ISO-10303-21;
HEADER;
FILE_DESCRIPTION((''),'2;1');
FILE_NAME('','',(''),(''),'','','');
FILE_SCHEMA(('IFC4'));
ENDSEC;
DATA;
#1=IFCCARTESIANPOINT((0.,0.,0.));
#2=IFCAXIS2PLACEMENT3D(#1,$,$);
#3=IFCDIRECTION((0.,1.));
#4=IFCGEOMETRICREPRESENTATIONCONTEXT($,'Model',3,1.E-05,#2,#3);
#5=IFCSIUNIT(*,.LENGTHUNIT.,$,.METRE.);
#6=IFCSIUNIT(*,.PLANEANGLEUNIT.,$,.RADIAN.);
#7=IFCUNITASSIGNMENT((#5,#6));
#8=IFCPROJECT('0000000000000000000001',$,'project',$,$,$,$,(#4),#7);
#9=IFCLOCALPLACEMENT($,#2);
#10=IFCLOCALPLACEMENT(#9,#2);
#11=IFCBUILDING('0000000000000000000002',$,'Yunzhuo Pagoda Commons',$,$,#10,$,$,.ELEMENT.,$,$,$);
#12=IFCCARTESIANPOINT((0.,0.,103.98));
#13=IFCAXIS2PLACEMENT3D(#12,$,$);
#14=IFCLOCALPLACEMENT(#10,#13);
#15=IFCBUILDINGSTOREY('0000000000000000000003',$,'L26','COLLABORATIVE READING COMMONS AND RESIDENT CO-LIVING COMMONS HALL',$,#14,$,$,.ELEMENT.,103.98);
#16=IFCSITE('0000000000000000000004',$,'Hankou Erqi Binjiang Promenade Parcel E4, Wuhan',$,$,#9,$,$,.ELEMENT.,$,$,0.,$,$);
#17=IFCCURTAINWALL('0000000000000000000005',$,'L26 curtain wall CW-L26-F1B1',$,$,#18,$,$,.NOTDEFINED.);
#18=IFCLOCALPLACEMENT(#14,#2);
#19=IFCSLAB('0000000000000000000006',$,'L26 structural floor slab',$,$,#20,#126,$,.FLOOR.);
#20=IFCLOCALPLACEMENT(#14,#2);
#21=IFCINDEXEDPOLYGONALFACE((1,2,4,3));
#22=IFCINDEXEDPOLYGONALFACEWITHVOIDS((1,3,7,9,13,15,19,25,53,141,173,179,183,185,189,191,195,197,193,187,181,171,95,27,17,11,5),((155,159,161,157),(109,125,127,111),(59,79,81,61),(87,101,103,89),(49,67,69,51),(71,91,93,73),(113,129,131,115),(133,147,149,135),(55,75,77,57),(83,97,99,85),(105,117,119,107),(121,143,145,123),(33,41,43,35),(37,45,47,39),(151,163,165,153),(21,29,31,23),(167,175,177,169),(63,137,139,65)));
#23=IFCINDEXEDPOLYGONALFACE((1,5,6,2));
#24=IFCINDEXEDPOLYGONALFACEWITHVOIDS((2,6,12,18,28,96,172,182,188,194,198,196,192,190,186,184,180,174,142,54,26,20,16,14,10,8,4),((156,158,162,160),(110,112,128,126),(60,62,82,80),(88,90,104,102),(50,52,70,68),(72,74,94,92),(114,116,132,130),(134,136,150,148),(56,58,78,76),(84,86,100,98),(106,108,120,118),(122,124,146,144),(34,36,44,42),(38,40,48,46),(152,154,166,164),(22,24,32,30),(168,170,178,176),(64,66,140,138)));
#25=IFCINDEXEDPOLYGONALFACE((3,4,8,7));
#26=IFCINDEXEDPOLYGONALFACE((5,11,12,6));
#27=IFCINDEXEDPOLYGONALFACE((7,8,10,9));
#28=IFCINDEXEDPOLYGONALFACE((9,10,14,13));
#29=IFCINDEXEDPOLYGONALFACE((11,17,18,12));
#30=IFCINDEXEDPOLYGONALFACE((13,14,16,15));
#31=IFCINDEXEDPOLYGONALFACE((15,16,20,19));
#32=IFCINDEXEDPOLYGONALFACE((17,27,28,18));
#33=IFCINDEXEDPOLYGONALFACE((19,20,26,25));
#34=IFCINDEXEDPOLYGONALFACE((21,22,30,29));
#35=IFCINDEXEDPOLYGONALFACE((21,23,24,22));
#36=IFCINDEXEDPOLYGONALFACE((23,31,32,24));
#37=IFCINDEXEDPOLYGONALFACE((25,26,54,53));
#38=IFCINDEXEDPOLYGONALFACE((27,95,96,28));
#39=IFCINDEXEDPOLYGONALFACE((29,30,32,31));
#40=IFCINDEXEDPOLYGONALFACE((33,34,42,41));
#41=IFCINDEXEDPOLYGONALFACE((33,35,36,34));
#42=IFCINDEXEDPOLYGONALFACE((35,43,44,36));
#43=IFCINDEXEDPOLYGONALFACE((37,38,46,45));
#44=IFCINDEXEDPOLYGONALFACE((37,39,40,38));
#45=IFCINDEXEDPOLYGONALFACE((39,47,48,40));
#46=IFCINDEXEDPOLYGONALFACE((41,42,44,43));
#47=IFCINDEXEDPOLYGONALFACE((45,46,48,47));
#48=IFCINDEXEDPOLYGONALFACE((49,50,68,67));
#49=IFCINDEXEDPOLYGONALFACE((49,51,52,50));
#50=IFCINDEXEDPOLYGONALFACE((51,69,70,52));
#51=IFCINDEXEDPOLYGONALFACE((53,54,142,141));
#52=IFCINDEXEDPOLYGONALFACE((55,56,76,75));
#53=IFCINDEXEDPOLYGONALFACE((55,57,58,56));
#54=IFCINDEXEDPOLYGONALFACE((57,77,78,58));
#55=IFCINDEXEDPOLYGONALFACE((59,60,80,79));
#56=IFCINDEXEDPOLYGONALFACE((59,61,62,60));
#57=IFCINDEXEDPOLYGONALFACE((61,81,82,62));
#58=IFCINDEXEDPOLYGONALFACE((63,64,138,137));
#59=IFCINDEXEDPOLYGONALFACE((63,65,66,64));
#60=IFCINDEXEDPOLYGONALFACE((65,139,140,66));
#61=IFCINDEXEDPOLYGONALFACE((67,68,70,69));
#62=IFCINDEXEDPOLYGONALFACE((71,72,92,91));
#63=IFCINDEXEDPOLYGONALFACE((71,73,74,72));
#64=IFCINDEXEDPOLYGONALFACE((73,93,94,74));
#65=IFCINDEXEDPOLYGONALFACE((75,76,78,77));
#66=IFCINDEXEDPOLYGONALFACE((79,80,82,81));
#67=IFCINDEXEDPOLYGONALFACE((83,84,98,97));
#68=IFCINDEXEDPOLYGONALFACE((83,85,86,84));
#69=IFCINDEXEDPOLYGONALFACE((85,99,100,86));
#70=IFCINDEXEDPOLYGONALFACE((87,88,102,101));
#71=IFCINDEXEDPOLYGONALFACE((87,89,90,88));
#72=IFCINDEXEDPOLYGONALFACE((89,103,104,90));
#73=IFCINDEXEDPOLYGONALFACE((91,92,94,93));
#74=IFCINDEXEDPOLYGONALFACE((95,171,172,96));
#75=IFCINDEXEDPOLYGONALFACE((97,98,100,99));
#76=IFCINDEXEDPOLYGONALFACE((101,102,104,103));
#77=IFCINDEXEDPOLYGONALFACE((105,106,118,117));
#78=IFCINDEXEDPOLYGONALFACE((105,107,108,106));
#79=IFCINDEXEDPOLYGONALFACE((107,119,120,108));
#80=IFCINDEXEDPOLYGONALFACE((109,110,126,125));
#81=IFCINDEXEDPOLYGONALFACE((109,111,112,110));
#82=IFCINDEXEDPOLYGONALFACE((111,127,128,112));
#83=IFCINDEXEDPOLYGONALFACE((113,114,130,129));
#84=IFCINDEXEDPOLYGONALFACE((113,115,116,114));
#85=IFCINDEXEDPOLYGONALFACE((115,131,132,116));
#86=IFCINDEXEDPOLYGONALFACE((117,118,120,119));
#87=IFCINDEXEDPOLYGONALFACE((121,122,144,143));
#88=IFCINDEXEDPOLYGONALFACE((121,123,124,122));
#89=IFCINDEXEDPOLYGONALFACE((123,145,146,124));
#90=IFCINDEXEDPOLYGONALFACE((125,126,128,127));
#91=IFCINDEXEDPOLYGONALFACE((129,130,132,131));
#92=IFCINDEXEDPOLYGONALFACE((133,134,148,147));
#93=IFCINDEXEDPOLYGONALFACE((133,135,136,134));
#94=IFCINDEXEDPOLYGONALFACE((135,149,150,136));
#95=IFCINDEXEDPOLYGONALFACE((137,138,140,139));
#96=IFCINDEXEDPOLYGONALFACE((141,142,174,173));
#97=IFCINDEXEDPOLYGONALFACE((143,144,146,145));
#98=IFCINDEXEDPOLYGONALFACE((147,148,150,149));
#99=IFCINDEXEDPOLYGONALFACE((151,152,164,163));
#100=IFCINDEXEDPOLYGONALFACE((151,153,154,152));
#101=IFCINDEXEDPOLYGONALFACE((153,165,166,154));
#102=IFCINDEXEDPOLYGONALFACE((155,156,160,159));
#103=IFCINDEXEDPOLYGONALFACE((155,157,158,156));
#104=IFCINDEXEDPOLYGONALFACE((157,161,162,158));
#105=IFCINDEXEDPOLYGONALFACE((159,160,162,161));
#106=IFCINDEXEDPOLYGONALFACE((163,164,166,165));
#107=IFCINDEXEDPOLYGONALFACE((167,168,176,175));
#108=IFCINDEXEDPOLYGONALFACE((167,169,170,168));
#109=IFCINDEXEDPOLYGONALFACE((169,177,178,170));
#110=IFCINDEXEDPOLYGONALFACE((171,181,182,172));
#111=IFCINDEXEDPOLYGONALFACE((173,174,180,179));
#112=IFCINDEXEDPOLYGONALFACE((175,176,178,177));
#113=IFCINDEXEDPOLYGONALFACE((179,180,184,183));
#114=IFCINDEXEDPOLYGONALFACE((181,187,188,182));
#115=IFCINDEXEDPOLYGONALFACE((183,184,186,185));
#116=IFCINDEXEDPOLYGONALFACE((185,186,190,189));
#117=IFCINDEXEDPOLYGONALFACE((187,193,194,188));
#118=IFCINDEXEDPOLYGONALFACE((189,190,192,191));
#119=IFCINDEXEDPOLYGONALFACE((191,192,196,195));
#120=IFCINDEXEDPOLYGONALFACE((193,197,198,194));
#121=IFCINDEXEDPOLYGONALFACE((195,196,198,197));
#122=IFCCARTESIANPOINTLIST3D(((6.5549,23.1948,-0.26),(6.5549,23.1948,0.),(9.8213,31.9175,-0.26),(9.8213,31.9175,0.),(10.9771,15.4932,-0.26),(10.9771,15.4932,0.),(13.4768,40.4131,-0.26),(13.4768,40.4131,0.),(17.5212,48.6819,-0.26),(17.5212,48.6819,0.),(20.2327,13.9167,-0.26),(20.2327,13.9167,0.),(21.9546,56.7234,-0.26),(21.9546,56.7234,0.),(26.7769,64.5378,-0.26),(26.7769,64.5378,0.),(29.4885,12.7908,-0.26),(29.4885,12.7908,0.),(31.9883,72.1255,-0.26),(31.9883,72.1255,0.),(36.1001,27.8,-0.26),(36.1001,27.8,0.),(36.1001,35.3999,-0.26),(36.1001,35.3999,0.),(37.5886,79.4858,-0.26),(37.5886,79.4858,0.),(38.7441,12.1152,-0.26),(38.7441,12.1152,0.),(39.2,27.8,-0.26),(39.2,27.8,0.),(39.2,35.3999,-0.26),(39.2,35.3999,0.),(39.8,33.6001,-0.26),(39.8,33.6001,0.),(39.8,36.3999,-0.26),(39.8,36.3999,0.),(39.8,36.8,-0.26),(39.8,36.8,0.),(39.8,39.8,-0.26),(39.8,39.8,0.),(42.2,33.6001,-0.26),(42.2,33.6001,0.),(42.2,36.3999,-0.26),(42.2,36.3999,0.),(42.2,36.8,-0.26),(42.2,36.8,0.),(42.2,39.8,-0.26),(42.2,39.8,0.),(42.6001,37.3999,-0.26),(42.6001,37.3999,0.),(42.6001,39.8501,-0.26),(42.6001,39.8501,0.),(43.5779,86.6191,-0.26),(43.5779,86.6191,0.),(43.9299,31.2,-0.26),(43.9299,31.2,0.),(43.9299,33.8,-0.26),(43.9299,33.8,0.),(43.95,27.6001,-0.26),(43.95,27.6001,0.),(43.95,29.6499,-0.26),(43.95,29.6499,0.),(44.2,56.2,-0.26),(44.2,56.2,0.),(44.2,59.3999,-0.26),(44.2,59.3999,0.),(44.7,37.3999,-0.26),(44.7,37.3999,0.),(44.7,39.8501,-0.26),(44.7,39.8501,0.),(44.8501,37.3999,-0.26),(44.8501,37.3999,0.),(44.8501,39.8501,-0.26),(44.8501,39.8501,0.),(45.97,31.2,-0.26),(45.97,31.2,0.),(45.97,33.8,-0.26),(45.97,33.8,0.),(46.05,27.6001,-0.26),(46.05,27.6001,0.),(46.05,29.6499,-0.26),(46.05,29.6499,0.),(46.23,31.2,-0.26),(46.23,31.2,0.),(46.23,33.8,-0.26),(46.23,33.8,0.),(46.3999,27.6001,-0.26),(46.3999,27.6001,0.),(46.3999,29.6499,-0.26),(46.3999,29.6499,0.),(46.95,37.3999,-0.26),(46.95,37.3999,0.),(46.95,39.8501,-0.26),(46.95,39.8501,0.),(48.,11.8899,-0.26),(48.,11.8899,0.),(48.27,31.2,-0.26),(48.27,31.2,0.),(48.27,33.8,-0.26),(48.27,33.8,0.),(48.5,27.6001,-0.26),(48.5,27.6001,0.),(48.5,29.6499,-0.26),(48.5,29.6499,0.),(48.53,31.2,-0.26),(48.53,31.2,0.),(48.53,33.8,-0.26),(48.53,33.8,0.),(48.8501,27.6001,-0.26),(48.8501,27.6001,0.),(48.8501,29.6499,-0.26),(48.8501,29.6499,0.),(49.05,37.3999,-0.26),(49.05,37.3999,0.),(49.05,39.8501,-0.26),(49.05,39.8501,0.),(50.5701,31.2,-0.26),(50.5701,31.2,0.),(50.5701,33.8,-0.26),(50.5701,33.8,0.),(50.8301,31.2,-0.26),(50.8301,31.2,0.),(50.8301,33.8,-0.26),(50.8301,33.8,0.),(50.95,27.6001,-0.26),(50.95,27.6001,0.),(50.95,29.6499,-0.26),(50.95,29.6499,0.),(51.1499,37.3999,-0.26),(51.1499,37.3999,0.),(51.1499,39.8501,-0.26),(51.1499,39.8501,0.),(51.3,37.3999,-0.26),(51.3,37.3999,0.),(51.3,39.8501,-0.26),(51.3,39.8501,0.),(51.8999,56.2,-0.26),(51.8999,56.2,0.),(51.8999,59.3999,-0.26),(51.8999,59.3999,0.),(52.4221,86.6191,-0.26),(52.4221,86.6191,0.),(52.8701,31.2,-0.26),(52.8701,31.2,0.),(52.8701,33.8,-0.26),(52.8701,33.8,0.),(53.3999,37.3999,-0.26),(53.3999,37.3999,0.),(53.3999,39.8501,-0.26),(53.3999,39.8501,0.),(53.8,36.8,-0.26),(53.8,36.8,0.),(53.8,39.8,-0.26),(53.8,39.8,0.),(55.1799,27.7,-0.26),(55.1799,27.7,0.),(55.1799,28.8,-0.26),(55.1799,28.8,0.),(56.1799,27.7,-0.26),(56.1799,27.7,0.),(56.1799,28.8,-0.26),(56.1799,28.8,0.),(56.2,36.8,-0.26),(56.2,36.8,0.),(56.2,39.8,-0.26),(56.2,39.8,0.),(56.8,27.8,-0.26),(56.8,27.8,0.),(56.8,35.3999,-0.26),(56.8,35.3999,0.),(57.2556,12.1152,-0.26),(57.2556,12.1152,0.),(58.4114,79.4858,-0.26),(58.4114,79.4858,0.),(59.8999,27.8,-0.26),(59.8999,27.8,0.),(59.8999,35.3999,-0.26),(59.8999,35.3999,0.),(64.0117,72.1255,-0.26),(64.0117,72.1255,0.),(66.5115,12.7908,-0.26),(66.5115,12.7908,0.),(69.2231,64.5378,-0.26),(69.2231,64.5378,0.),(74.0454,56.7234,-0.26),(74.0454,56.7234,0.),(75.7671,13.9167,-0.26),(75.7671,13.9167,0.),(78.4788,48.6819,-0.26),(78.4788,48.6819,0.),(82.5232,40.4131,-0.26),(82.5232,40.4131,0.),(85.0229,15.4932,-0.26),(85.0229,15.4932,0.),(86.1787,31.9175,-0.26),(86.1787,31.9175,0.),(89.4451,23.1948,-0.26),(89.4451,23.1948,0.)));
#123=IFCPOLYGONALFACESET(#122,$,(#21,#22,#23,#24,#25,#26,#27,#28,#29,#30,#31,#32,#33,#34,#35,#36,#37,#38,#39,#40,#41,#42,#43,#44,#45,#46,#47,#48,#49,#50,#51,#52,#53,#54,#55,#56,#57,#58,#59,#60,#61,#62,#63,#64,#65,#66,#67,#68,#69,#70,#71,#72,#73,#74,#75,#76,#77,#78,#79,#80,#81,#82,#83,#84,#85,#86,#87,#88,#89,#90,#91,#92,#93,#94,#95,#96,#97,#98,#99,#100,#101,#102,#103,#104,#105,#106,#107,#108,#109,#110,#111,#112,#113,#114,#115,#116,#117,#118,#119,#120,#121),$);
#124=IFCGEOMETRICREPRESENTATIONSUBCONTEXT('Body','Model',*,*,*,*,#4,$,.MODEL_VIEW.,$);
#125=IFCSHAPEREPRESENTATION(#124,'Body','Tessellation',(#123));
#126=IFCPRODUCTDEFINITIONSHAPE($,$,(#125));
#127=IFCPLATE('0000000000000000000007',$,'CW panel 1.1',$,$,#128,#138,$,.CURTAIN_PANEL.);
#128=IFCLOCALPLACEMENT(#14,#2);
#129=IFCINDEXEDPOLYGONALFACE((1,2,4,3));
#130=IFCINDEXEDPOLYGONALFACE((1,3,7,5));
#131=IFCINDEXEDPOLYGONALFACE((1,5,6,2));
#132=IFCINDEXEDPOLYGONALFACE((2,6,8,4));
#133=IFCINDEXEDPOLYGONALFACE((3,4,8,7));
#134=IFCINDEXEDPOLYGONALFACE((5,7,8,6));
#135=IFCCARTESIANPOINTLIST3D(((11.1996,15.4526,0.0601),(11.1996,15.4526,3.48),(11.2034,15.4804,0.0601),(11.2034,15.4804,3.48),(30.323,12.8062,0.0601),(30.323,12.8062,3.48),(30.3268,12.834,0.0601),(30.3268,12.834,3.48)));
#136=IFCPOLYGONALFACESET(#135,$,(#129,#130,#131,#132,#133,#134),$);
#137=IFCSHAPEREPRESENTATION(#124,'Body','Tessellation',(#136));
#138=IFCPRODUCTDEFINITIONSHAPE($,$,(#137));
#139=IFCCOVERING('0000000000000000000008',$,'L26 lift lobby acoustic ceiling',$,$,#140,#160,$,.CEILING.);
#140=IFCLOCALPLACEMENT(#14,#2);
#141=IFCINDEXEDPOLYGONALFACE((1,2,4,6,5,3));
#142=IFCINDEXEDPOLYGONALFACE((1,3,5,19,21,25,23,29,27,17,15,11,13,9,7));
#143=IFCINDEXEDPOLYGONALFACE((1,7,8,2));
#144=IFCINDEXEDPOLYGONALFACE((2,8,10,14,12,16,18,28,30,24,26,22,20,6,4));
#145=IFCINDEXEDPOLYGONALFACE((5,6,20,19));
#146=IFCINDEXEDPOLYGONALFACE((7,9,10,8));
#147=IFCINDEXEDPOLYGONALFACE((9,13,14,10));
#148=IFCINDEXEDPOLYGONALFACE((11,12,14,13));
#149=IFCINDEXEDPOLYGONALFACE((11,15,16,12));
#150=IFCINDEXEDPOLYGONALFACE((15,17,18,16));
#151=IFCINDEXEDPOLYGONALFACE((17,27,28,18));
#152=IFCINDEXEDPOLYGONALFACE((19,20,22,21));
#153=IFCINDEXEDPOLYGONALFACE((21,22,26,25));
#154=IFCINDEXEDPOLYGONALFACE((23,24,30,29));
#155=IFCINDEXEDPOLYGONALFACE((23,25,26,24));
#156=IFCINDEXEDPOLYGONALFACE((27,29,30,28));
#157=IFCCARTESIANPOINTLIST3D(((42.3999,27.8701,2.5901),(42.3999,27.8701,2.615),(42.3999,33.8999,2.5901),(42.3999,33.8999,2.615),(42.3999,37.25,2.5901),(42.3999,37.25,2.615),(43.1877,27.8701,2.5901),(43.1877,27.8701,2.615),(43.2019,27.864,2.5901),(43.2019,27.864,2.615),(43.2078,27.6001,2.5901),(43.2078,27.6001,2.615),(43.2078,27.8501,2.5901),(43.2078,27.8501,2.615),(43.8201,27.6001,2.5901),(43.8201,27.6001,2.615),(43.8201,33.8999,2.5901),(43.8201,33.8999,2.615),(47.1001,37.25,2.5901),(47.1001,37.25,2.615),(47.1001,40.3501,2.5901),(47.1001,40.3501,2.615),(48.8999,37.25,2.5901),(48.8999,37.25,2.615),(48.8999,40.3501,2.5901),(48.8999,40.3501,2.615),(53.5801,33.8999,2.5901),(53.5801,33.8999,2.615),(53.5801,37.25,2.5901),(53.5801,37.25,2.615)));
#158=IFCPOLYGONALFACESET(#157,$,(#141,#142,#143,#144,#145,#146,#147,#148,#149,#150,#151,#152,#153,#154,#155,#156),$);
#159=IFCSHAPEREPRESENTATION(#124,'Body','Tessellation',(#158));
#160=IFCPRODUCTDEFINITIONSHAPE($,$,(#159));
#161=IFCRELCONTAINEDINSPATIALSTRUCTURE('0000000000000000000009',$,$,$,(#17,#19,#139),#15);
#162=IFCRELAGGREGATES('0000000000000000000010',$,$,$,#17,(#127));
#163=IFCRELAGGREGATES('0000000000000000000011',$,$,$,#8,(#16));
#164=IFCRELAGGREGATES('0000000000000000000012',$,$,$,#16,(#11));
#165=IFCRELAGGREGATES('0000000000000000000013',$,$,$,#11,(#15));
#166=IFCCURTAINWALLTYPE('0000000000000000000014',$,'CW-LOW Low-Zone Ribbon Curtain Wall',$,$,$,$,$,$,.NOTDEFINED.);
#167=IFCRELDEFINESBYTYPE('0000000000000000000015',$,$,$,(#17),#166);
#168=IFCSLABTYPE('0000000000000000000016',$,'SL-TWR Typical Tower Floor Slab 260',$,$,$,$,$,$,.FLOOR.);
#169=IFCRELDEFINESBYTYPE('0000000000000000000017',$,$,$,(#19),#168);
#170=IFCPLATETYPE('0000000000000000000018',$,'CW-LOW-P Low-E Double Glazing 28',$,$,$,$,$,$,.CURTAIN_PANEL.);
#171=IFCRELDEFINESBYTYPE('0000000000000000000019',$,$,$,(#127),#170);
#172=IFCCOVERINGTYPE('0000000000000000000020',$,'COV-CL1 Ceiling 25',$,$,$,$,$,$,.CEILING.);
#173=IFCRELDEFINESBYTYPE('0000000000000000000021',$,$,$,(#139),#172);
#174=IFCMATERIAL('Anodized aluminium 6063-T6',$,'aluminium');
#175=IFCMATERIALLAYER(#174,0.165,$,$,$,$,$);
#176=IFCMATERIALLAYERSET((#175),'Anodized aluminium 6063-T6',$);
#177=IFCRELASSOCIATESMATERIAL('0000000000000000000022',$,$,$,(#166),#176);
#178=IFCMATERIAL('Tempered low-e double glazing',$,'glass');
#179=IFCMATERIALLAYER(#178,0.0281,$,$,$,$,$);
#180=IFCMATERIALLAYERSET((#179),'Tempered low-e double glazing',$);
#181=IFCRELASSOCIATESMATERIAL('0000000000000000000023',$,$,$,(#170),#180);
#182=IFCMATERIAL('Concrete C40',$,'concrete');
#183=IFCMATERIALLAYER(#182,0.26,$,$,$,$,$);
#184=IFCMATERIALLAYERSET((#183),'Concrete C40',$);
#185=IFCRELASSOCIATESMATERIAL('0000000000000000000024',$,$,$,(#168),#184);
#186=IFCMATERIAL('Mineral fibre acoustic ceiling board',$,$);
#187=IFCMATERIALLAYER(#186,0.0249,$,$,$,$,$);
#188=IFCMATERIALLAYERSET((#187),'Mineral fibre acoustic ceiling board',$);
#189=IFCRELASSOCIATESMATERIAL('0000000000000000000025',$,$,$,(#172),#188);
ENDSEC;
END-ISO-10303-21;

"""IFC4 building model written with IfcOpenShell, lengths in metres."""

from ifc_helpers import new_model, si_unit, direction, frame, origin, origin_2d, place, context, subcontext, project, spatial, polyline, rectangle, outline, extrude, source, transform, mapped, material, layer, layer_set, type_object, element, aggregate, save


model = new_model("IFC4")

# Units and contexts
model_context = context("Model", 3, precision=1e-05, world=origin(), true_north=direction((0.0, 1.0)))
body_context = subcontext(model_context, "Body", "Model", "MODEL_VIEW")
ifc_project = project(units=[si_unit("LENGTHUNIT", "METRE"), si_unit("PLANEANGLEUNIT", "RADIAN")], contexts=[model_context])

# Site, building, storey
site_placement = place(None, origin())
site = spatial("IfcSite", under=ifc_project, at=site_placement, Name="Hankou Erqi Binjiang Promenade Parcel E4, Wuhan", CompositionType="ELEMENT", RefElevation=0.0)
building_placement = place(site_placement, origin())
building = spatial("IfcBuilding", under=site, at=building_placement, Name="Yunzhuo Pagoda Commons", CompositionType="ELEMENT")
storey_placement = place(building_placement, frame((0.0, 0.0, 103.98)))
storey = spatial("IfcBuildingStorey", under=building, at=storey_placement, Name="L26", Description="COLLABORATIVE READING COMMONS AND RESIDENT CO-LIVING COMMONS HALL", CompositionType="ELEMENT", Elevation=103.98)

# Curtain wall
ifc_material_1 = material(Name="Anodized aluminium 6063-T6", Category="aluminium")
ifc_layer_1 = layer(ifc_material_1, 0.165)
ifc_layer_set_1 = layer_set([ifc_layer_1], Name="Anodized aluminium 6063-T6")
curtain_wall_type = type_object("IfcCurtainWallType", Name="CW-LOW Low-Zone Ribbon Curtain Wall", PredefinedType="NOTDEFINED", material=ifc_layer_set_1)
curtain_wall_1_placement = place(storey_placement, origin())
curtain_wall_1 = element("IfcCurtainWall", 1, at=curtain_wall_1_placement, inside=storey, type_object=curtain_wall_type, Name="L26 curtain wall CW-L26-F1B1", PredefinedType="NOTDEFINED")

# Shared definitions
ifc_material_2 = material(Name="Tempered low-e double glazing", Category="glass")
ifc_layer_2 = layer(ifc_material_2, 0.0281)
ifc_layer_set_2 = layer_set([ifc_layer_2], Name="Tempered low-e double glazing")
plate_type = type_object("IfcPlateType", Name="CW-LOW-P Low-E Double Glazing 28", PredefinedType="CURTAIN_PANEL", material=ifc_layer_set_2)

# Shared definitions
ifc_material_3 = material(Name="Concrete C40", Category="concrete")

# Slab
ifc_layer_3 = layer(ifc_material_3, 0.26)
ifc_layer_set_3 = layer_set([ifc_layer_3], Name="Concrete C40")
slab_type_1 = type_object("IfcSlabType", Name="SL-TWR Typical Tower Floor Slab 260", PredefinedType="FLOOR", material=ifc_layer_set_3)
slab_1_placement = place(storey_placement, frame((0.0, 0.0, -0.26)))
element("IfcSlab", 2, at=slab_1_placement, inside=storey, type_object=slab_type_1, Name="L26 structural floor slab", PredefinedType="FLOOR", context=body_context, shape_type="SweptSolid", body=[
    extrude(outline(polyline([(9.8213, 31.9175), (13.4768, 40.4131), (17.5212, 48.6819), (21.9546, 56.7234), (26.7769, 64.5378), (31.9883, 72.1255), (37.5886, 79.4858), (43.5779, 86.6191), (52.4221, 86.6191), (58.4114, 79.4858), (64.0117, 72.1255), (69.2231, 64.5378), (74.0454, 56.7234), (78.4788, 48.6819), (82.5232, 40.4131), (86.1787, 31.9175), (89.4451, 23.1948), (85.0229, 15.4932), (75.7671, 13.9167), (66.5115, 12.7908), (57.2556, 12.1152), (48.0, 11.8899), (38.7441, 12.1152), (29.4885, 12.7908), (20.2327, 13.9167), (10.9771, 15.4932), (6.5549, 23.1948), (9.8213, 31.9175)]), holes=[polyline([(46.05, 27.6001), (46.05, 29.6499), (43.95, 29.6499), (43.95, 27.6001), (46.05, 27.6001)]), polyline([(48.5, 27.6001), (48.5, 29.6499), (46.3999, 29.6499), (46.3999, 27.6001), (48.5, 27.6001)]), polyline([(36.1001, 27.8), (39.2, 27.8), (39.2, 35.3999), (36.1001, 35.3999), (36.1001, 27.8)]), polyline([(45.97, 31.2), (45.97, 33.8), (43.9299, 33.8), (43.9299, 31.2), (45.97, 31.2)]), polyline([(48.27, 31.2), (48.27, 33.8), (46.23, 33.8), (46.23, 31.2), (48.27, 31.2)]), polyline([(42.2, 33.6001), (42.2, 36.3999), (39.8, 36.3999), (39.8, 33.6001), (42.2, 33.6001)]), polyline([(42.2, 36.8), (42.2, 39.8), (39.8, 39.8), (39.8, 36.8), (42.2, 36.8)]), polyline([(42.6001, 37.3999), (44.7, 37.3999), (44.7, 39.8501), (42.6001, 39.8501), (42.6001, 37.3999)]), polyline([(44.8501, 37.3999), (46.95, 37.3999), (46.95, 39.8501), (44.8501, 39.8501), (44.8501, 37.3999)]), polyline([(56.1799, 27.7), (56.1799, 28.8), (55.1799, 28.8), (55.1799, 27.7), (56.1799, 27.7)]), polyline([(50.95, 27.6001), (50.95, 29.6499), (48.8501, 29.6499), (48.8501, 27.6001), (50.95, 27.6001)]), polyline([(56.8, 27.8), (59.8999, 27.8), (59.8999, 35.3999), (56.8, 35.3999), (56.8, 27.8)]), polyline([(50.5701, 31.2), (50.5701, 33.8), (48.53, 33.8), (48.53, 31.2), (50.5701, 31.2)]), polyline([(52.8701, 31.2), (52.8701, 33.8), (50.8301, 33.8), (50.8301, 31.2), (52.8701, 31.2)]), polyline([(56.2, 36.8), (56.2, 39.8), (53.8, 39.8), (53.8, 36.8), (56.2, 36.8)]), polyline([(51.1499, 37.3999), (51.1499, 39.8501), (49.05, 39.8501), (49.05, 37.3999), (51.1499, 37.3999)]), polyline([(51.3, 37.3999), (53.3999, 37.3999), (53.3999, 39.8501), (51.3, 39.8501), (51.3, 37.3999)]), polyline([(44.2, 56.2), (51.8999, 56.2), (51.8999, 59.3999), (44.2, 59.3999), (44.2, 56.2)])]), origin(), (0.0, 0.0, 1.0), 0.26),
])

# Plate
shared_shape_1 = source(origin(), body_context, "Body", "SweptSolid", [
    extrude(rectangle(XDim=19.3057, YDim=0.0281, at=origin_2d()), origin(), (0.0, 0.0, 1.0), 3.4199),
])
plate_1_placement = place(storey_placement, frame((20.7632, 14.1433, 0.0601), z_axis=(0.0, 0.0, 1.0), x_axis=(0.99056, -0.137082, 0.0)))
plate_1 = element("IfcPlate", 3, at=plate_1_placement, type_object=plate_type, Name="CW panel 1.1", PredefinedType="CURTAIN_PANEL", context=body_context, shape_type="MappedRepresentation", body=[
    mapped(shared_shape_1, transform((0.0, 0.0, 0.0), scale=1.0)),
])
aggregate(curtain_wall_1, [plate_1])

# Covering
ifc_material_4 = material(Name="Mineral fibre acoustic ceiling board")
ifc_layer_4 = layer(ifc_material_4, 0.0249)
ifc_layer_set_4 = layer_set([ifc_layer_4], Name="Mineral fibre acoustic ceiling board")
covering_type_1 = type_object("IfcCoveringType", Name="COV-CL1 Ceiling 25", PredefinedType="CEILING", material=ifc_layer_set_4)
covering_1_placement = place(storey_placement, frame((0.0, 0.0, 2.5901)))
element("IfcCovering", 4, at=covering_1_placement, inside=storey, type_object=covering_type_1, Name="L26 lift lobby acoustic ceiling", PredefinedType="CEILING", context=body_context, shape_type="SweptSolid", body=[
    extrude(outline(polyline([(43.2078, 27.8501), (43.2019, 27.864), (43.1877, 27.8701), (42.3999, 27.8701), (42.3999, 33.8999), (42.3999, 37.25), (47.1001, 37.25), (47.1001, 40.3501), (48.8999, 40.3501), (48.8999, 37.25), (53.5801, 37.25), (53.5801, 33.8999), (43.8201, 33.8999), (43.8201, 27.6001), (43.2078, 27.6001), (43.2078, 27.8501)])), origin(), (0.0, 0.0, 1.0), 0.0249),
])

save(model, "model.ifc")
